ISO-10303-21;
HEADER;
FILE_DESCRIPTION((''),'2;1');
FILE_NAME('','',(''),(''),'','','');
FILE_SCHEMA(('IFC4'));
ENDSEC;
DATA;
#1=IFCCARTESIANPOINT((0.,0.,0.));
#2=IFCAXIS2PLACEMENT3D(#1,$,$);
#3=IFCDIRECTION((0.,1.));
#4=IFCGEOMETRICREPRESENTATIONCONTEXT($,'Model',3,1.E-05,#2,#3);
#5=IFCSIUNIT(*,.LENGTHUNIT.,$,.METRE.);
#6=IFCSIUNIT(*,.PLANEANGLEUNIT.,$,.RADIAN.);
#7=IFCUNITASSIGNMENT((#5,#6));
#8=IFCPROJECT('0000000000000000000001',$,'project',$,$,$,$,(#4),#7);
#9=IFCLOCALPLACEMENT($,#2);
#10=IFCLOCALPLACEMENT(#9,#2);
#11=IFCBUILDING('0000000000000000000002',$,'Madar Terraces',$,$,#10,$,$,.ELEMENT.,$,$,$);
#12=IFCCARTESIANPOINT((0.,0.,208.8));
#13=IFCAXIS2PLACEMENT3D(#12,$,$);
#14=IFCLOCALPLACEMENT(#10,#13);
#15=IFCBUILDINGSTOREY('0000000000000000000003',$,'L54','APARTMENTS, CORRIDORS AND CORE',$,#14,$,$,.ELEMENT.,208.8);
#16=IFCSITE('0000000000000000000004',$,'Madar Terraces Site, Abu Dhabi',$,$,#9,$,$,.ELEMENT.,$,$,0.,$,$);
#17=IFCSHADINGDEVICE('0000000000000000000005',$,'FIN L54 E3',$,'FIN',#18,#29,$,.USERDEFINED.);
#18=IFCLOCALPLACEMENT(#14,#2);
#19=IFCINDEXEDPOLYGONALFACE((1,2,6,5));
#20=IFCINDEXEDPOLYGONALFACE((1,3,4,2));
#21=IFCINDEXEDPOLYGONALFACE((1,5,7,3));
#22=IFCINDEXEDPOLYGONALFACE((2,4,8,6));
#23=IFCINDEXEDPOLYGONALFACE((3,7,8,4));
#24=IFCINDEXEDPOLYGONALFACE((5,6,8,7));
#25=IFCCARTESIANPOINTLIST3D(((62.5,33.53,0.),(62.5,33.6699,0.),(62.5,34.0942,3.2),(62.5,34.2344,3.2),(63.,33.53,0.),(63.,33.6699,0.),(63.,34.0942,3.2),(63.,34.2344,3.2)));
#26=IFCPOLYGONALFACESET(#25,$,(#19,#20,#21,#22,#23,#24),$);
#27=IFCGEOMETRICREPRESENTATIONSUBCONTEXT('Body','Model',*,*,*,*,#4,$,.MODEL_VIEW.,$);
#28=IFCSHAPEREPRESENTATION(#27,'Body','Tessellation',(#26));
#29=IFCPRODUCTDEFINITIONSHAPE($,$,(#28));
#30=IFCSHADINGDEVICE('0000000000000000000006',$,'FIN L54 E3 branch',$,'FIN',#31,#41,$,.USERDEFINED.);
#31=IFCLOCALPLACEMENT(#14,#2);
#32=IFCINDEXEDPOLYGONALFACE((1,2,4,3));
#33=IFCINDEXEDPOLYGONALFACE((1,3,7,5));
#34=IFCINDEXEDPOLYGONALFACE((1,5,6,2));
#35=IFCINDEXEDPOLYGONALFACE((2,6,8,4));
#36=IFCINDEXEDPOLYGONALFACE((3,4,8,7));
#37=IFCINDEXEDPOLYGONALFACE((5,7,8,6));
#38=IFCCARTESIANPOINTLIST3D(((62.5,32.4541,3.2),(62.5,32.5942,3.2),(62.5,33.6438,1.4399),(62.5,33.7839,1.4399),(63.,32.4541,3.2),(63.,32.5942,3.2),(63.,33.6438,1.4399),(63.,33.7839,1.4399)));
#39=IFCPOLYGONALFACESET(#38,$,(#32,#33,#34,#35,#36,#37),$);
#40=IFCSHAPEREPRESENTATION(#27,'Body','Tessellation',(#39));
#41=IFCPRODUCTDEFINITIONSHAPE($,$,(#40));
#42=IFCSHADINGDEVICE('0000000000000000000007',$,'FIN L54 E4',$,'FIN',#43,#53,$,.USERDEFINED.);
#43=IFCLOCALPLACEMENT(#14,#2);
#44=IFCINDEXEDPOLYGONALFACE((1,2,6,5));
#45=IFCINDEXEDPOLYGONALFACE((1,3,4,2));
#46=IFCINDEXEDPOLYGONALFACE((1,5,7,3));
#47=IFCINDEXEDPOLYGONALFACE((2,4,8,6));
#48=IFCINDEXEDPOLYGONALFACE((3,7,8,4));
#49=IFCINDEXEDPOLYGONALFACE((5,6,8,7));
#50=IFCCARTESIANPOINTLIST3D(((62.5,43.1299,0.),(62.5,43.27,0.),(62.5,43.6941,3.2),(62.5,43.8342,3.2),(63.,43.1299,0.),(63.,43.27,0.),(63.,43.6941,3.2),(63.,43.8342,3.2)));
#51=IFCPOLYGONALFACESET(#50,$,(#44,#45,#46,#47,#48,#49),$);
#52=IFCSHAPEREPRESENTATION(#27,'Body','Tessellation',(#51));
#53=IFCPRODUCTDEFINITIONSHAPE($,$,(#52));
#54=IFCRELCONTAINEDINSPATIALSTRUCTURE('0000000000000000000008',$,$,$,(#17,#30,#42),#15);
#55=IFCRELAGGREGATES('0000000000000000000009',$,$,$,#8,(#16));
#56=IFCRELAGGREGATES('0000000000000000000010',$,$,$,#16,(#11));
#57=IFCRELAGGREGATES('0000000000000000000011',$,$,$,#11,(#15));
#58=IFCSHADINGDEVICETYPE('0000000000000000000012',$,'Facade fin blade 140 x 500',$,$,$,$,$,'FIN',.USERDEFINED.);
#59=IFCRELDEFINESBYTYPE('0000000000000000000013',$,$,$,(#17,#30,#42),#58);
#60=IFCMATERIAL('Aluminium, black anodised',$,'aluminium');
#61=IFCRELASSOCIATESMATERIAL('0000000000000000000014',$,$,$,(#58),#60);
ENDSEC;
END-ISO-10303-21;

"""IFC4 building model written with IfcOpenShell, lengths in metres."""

from ifc_helpers import new_model, si_unit, direction, frame, origin, place, context, subcontext, project, spatial, polyline, outline, extrude, material, type_object, element, save


model = new_model("IFC4")

# Units and contexts
model_context = context("Model", 3, precision=1e-05, world=origin(), true_north=direction((0.0, 1.0)))
body_context = subcontext(model_context, "Body", "Model", "MODEL_VIEW")
ifc_project = project(units=[si_unit("LENGTHUNIT", "METRE"), si_unit("PLANEANGLEUNIT", "RADIAN")], contexts=[model_context])

# Site, building, storey
site_placement = place(None, origin())
site = spatial("IfcSite", under=ifc_project, at=site_placement, Name="Madar Terraces Site, Abu Dhabi", CompositionType="ELEMENT", RefElevation=0.0)
building_placement = place(site_placement, origin())
building = spatial("IfcBuilding", under=site, at=building_placement, Name="Madar Terraces", CompositionType="ELEMENT")
storey_placement = place(building_placement, frame((0.0, 0.0, 208.8)))
storey = spatial("IfcBuildingStorey", under=building, at=storey_placement, Name="L54", Description="APARTMENTS, CORRIDORS AND CORE", CompositionType="ELEMENT", Elevation=208.8)

# Shading devices
ifc_material_1 = material(Name="Aluminium, black anodised", Category="aluminium")
shading_device_type = type_object("IfcShadingDeviceType", Name="Facade fin blade 140 x 500", ElementType="FIN", PredefinedType="USERDEFINED", material=ifc_material_1)
shading_device_1_placement = place(storey_placement, frame((62.75, 33.53, 0.0), z_axis=(0.0, 0.0, 1.0), x_axis=(0.0, 1.0, 0.0)))
element("IfcShadingDevice", 1, at=shading_device_1_placement, inside=storey, type_object=shading_device_type, Name="FIN L54 E3", ObjectType="FIN", PredefinedType="USERDEFINED", context=body_context, shape_type="SweptSolid", body=[
    extrude(outline(polyline([(0.0, 0.0), (0.1399, 0.0), (0.7043, 3.2), (0.5642, 3.2), (0.0, 0.0)])), frame((0.0, 0.25, 0.0), z_axis=(0.0, -1.0, 0.0), x_axis=(1.0, 0.0, 0.0)), (0.0, 0.0, 1.0), 0.5),
])
shading_device_2_placement = place(storey_placement, frame((62.75, 33.6438, 1.4399), z_axis=(0.0, 0.0, 1.0), x_axis=(0.0, 1.0, 0.0)))
element("IfcShadingDevice", 2, at=shading_device_2_placement, inside=storey, type_object=shading_device_type, Name="FIN L54 E3 branch", ObjectType="FIN", PredefinedType="USERDEFINED", context=body_context, shape_type="SweptSolid", body=[
    extrude(outline(polyline([(0.0, 0.0), (0.1401, 0.0), (-1.0496, 1.76), (-1.1897, 1.76), (0.0, 0.0)])), frame((0.0, 0.25, 0.0), z_axis=(0.0, -1.0, 0.0), x_axis=(1.0, 0.0, 0.0)), (0.0, 0.0, 1.0), 0.5),
])
shading_device_3_placement = place(storey_placement, frame((62.75, 43.1299, 0.0), z_axis=(0.0, 0.0, 1.0), x_axis=(0.0, 1.0, 0.0)))
element("IfcShadingDevice", 3, at=shading_device_3_placement, inside=storey, type_object=shading_device_type, Name="FIN L54 E4", ObjectType="FIN", PredefinedType="USERDEFINED", context=body_context, shape_type="SweptSolid", body=[
    extrude(outline(polyline([(0.0, 0.0), (0.1401, 0.0), (0.7043, 3.2), (0.5642, 3.2), (0.0, 0.0)])), frame((0.0, 0.25, 0.0), z_axis=(0.0, -1.0, 0.0), x_axis=(1.0, 0.0, 0.0)), (0.0, 0.0, 1.0), 0.5),
])

save(model, "model.ifc")
